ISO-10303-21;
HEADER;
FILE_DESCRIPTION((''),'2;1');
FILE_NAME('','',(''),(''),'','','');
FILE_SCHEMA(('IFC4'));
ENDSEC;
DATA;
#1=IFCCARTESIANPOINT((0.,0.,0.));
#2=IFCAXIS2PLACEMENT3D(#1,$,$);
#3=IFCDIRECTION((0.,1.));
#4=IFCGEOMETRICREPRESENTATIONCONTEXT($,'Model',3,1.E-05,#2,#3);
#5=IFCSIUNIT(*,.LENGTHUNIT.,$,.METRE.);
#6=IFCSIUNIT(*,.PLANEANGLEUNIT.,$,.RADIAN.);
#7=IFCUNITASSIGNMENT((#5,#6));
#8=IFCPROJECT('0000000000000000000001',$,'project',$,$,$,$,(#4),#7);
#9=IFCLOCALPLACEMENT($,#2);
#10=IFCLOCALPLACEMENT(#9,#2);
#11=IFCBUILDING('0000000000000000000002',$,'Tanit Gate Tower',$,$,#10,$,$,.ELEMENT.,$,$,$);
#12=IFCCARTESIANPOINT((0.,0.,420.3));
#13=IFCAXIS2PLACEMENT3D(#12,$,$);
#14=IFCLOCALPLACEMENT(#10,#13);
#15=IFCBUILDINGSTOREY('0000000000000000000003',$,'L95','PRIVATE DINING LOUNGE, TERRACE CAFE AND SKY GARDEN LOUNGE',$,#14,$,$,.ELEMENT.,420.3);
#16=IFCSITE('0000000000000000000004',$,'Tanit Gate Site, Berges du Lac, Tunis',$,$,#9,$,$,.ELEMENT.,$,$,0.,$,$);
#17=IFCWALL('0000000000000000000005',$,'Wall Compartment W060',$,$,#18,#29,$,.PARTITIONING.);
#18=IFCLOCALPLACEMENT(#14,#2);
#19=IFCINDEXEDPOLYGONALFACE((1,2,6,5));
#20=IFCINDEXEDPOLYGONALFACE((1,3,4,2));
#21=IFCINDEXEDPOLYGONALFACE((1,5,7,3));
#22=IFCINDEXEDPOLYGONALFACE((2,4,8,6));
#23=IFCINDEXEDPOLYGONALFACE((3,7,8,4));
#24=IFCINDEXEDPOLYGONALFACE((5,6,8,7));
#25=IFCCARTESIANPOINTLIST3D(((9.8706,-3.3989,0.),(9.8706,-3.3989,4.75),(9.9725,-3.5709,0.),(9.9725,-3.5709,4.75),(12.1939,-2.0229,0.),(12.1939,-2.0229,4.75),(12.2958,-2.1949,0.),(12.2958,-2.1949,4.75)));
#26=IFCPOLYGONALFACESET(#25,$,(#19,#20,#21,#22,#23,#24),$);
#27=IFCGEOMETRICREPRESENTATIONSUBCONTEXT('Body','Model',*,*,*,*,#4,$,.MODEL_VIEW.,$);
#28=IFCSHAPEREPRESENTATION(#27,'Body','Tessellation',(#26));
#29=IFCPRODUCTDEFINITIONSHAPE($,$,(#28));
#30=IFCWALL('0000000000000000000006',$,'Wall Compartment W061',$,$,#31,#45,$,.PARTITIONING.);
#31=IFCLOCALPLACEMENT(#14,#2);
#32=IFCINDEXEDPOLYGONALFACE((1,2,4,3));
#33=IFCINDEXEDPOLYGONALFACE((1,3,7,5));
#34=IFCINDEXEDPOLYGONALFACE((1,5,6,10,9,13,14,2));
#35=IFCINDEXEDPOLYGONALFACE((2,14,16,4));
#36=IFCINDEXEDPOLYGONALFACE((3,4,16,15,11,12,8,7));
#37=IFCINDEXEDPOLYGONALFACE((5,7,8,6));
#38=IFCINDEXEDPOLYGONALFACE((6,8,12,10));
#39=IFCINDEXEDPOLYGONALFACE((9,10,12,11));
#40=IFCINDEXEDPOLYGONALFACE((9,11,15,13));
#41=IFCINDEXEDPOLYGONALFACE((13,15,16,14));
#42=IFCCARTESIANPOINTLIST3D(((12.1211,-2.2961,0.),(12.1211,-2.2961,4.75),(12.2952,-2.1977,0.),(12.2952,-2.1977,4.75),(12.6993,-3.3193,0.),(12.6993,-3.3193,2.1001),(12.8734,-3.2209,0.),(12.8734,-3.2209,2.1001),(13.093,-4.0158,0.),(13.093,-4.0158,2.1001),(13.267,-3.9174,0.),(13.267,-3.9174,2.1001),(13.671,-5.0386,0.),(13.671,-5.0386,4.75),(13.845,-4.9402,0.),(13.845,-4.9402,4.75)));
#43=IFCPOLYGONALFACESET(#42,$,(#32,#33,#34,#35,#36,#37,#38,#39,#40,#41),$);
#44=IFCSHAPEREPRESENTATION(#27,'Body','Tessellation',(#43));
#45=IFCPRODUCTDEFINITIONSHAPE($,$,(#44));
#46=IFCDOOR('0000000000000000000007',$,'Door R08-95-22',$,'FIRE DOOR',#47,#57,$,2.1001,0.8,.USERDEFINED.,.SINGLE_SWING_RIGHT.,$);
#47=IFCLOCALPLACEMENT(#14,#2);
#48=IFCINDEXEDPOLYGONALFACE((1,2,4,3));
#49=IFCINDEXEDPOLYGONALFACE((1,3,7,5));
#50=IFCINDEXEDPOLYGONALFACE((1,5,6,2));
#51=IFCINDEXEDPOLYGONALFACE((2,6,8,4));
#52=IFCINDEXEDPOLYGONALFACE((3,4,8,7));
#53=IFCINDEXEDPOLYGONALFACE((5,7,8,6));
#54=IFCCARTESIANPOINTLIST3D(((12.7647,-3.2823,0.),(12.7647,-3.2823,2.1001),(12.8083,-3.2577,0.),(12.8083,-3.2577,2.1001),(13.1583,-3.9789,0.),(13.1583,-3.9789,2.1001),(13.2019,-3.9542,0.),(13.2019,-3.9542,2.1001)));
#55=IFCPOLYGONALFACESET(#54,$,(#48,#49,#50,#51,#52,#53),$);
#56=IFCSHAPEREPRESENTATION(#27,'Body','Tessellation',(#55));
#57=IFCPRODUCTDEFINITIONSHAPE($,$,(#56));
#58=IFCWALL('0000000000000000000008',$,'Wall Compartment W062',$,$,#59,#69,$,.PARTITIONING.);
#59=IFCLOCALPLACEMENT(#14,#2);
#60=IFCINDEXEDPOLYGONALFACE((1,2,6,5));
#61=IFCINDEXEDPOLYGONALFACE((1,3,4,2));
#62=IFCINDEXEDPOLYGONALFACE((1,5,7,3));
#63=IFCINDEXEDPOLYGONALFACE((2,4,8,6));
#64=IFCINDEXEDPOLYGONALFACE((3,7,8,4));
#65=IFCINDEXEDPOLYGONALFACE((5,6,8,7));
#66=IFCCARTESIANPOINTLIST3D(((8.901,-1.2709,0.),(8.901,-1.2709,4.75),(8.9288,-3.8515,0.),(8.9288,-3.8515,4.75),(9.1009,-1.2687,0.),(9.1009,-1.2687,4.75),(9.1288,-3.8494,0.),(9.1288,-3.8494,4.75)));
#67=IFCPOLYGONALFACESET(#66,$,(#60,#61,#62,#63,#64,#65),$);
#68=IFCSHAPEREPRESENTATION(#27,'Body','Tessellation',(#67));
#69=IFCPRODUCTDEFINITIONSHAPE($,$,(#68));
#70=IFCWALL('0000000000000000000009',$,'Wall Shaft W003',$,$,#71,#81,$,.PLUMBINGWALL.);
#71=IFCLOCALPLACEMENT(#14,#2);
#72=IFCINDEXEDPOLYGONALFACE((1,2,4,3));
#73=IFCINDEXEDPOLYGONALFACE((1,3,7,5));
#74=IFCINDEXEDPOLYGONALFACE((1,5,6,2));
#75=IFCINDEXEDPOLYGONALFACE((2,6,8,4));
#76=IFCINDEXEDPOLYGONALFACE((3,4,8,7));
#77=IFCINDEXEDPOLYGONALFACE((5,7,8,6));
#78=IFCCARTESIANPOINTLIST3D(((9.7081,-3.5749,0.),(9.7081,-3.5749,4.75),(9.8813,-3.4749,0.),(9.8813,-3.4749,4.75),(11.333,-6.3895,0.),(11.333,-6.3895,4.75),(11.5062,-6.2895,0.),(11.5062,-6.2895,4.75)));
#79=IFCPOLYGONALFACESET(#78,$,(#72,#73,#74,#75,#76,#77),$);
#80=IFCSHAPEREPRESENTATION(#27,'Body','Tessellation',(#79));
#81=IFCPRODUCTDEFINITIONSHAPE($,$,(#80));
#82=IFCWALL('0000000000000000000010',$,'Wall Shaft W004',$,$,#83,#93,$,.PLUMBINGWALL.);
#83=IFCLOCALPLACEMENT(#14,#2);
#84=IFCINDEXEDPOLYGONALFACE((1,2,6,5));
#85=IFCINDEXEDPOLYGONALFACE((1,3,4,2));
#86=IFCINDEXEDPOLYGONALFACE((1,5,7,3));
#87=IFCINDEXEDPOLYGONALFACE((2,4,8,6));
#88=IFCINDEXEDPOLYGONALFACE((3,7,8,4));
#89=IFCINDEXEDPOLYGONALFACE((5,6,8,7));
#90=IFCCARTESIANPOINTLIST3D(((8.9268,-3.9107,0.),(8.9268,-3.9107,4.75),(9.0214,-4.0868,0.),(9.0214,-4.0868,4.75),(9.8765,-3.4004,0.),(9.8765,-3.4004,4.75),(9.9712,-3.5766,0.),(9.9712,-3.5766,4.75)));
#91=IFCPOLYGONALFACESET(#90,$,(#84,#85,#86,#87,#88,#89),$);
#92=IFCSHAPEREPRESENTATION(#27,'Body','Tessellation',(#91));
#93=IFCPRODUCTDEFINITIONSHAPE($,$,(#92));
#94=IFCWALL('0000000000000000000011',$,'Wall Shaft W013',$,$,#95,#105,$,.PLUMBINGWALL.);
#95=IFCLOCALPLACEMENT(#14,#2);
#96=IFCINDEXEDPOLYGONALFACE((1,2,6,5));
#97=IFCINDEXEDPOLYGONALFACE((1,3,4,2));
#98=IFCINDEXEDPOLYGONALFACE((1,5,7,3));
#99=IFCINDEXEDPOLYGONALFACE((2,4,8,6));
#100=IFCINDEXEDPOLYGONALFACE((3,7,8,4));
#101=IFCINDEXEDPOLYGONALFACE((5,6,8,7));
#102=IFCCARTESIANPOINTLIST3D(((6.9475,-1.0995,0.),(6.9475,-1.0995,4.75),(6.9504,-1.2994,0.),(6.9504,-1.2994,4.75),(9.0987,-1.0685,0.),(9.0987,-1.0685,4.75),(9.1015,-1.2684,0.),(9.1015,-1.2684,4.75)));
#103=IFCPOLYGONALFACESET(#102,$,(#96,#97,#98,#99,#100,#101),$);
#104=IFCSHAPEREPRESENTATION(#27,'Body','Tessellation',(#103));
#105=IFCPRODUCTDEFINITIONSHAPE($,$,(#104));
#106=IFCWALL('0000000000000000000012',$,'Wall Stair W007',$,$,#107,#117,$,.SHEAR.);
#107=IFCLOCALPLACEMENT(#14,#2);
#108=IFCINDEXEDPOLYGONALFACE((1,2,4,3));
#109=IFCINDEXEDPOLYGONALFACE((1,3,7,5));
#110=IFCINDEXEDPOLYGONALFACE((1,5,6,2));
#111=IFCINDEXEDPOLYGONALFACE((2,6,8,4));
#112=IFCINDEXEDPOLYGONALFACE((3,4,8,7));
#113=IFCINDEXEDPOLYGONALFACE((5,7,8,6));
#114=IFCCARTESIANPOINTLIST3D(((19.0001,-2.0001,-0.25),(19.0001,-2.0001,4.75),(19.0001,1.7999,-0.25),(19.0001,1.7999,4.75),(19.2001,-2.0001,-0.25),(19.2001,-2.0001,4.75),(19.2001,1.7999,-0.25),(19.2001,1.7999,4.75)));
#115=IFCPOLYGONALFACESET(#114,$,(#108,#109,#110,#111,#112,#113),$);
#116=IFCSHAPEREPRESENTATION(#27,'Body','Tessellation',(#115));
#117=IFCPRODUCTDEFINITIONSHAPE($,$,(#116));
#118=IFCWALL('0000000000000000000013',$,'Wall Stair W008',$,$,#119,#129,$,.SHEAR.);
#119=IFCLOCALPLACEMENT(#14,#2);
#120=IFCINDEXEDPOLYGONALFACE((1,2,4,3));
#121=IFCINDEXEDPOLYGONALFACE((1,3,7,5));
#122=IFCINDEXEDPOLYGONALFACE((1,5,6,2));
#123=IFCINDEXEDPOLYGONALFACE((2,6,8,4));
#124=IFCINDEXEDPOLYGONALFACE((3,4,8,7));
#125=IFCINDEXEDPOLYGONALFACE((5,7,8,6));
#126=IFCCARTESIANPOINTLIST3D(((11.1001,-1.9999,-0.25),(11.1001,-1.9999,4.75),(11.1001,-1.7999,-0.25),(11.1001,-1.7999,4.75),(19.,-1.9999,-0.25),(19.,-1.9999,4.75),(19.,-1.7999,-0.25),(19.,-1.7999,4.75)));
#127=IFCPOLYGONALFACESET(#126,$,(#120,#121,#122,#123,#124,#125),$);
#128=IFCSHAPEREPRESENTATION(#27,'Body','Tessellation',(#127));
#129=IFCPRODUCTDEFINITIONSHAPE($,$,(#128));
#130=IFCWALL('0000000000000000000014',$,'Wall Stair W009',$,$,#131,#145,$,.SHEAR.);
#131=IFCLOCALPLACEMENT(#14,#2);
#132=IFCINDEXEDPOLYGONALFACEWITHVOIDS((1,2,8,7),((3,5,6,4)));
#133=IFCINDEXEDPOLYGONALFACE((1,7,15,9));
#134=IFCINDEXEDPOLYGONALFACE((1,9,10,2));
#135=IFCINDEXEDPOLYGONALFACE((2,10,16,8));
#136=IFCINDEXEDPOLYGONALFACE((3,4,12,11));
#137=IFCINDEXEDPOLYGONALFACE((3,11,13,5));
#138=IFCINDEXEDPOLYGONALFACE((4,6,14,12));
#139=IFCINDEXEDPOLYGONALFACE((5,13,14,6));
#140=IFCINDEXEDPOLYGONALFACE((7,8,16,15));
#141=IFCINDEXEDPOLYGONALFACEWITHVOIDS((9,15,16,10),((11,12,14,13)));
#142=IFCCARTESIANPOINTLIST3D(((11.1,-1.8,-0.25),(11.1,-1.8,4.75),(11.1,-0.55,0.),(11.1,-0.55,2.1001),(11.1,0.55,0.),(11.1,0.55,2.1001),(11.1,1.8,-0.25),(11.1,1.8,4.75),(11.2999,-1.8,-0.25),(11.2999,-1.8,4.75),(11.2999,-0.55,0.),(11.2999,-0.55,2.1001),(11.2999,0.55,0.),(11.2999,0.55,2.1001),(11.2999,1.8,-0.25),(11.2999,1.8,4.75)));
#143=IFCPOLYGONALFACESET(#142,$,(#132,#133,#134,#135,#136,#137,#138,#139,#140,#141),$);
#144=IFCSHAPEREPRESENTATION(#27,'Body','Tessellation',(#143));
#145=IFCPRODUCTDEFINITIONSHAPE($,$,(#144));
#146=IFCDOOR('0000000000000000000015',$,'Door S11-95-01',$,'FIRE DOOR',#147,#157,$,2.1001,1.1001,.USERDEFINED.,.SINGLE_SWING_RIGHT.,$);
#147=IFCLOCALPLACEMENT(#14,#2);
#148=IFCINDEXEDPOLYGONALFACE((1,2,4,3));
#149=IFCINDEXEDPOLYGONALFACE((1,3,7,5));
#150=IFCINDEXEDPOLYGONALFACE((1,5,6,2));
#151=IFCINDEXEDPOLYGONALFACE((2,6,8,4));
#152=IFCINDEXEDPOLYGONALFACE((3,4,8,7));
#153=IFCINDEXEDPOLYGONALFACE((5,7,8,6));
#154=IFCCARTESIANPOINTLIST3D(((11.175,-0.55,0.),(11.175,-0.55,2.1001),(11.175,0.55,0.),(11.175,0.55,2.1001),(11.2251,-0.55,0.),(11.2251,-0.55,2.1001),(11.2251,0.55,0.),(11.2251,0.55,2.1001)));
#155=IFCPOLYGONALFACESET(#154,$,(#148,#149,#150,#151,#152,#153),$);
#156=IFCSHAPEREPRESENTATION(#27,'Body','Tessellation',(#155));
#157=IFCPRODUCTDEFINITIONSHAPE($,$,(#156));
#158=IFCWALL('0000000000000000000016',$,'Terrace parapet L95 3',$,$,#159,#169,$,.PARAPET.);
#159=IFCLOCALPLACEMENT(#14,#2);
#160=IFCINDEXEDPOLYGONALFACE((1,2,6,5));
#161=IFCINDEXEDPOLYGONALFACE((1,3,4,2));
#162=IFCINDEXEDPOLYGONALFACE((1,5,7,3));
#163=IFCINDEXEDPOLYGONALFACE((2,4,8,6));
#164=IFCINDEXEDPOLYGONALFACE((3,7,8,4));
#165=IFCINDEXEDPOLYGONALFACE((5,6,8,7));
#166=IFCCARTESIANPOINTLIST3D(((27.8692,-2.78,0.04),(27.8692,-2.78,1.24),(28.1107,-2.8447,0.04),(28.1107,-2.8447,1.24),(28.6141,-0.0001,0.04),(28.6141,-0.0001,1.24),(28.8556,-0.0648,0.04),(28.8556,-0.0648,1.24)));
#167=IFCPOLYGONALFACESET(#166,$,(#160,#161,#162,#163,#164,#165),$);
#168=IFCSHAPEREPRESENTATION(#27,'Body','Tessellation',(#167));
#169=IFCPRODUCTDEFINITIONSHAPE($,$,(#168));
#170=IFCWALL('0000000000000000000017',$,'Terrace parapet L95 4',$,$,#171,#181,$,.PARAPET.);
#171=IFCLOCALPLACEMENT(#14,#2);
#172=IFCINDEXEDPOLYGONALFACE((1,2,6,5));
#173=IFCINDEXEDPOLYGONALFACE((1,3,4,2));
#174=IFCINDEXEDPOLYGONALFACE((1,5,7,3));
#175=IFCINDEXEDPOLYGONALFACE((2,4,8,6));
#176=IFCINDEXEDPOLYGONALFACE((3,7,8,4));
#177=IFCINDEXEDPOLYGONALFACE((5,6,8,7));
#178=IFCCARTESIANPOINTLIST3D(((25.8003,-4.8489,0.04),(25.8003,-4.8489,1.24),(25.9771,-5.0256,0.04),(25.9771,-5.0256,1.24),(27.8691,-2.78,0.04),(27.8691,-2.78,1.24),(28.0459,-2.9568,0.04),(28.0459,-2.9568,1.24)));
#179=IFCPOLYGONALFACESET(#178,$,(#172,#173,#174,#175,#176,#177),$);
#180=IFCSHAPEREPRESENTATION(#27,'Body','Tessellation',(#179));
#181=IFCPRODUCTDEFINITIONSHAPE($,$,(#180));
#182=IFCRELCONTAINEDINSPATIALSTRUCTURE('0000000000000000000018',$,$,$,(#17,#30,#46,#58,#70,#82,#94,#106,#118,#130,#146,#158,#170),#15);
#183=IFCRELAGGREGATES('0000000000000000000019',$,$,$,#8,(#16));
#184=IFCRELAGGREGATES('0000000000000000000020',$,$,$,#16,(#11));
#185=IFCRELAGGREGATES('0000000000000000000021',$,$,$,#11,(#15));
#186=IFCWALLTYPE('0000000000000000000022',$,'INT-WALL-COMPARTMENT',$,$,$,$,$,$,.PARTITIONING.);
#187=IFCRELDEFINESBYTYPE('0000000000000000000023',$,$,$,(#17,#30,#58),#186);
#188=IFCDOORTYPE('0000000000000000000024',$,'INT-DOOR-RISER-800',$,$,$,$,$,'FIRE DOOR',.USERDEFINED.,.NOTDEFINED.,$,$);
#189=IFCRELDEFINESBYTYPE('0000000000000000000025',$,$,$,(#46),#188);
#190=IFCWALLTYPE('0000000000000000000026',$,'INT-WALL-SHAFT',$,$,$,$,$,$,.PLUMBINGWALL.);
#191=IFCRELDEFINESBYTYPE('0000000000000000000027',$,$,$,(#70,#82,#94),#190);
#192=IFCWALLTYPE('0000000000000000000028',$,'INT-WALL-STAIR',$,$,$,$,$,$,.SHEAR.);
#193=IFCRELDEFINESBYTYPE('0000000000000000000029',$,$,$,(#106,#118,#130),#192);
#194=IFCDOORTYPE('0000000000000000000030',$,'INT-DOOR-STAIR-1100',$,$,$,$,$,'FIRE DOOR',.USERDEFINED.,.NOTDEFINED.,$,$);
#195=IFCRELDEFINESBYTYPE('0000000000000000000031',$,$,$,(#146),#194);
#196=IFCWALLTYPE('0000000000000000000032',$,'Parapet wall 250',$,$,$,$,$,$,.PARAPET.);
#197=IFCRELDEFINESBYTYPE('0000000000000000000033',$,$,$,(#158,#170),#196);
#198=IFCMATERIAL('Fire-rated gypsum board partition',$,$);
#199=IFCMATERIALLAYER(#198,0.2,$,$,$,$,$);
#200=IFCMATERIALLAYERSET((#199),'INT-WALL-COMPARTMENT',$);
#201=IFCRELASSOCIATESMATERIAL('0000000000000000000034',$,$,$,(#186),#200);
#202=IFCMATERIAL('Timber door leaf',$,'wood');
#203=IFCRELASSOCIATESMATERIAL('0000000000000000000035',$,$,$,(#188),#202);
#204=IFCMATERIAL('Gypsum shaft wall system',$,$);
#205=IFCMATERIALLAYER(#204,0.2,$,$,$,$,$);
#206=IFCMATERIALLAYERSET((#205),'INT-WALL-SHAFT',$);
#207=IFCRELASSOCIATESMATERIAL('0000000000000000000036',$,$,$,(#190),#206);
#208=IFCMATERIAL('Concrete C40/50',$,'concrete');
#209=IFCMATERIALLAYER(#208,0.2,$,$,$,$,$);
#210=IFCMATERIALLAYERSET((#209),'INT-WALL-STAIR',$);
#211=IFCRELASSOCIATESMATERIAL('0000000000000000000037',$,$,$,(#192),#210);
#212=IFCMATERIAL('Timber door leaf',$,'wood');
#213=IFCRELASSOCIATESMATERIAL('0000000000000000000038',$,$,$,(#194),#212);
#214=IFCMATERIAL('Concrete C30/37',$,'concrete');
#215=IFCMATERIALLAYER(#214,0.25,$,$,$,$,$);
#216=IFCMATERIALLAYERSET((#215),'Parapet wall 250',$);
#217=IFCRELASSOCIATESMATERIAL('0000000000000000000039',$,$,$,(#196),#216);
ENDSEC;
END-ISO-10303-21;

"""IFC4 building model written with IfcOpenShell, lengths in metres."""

from ifc_helpers import new_model, si_unit, direction, frame, frame_2d, origin, place, context, subcontext, project, spatial, rectangle, extrude, material, layer, layer_set, type_object, element, fill, save


model = new_model("IFC4")

# Units and contexts
model_context = context("Model", 3, precision=1e-05, world=origin(), true_north=direction((0.0, 1.0)))
body_context = subcontext(model_context, "Body", "Model", "MODEL_VIEW")
ifc_project = project(units=[si_unit("LENGTHUNIT", "METRE"), si_unit("PLANEANGLEUNIT", "RADIAN")], contexts=[model_context])

# Site, building, storey
site_placement = place(None, origin())
site = spatial("IfcSite", under=ifc_project, at=site_placement, Name="Tanit Gate Site, Berges du Lac, Tunis", CompositionType="ELEMENT", RefElevation=0.0)
building_placement = place(site_placement, origin())
building = spatial("IfcBuilding", under=site, at=building_placement, Name="Tanit Gate Tower", CompositionType="ELEMENT")
storey_placement = place(building_placement, frame((0.0, 0.0, 420.3)))
storey = spatial("IfcBuildingStorey", under=building, at=storey_placement, Name="L95", Description="PRIVATE DINING LOUNGE, TERRACE CAFE AND SKY GARDEN LOUNGE", CompositionType="ELEMENT", Elevation=420.3)

# Wall
ifc_material_1 = material(Name="Fire-rated gypsum board partition")
ifc_layer_1 = layer(ifc_material_1, 0.2)
ifc_layer_set_1 = layer_set([ifc_layer_1], Name="INT-WALL-COMPARTMENT")
wall_type_1 = type_object("IfcWallType", Name="INT-WALL-COMPARTMENT", PredefinedType="PARTITIONING", material=ifc_layer_set_1)
wall_1_placement = place(storey_placement, frame((12.2449, -2.1089, 0.0), z_axis=(0.0, 0.0, 1.0), x_axis=(-0.860415, -0.509594, 0.0)))
element("IfcWall", 1, at=wall_1_placement, inside=storey, type_object=wall_type_1, Name="Wall Compartment W060", PredefinedType="PARTITIONING", context=body_context, shape_type="SweptSolid", body=[
    extrude(rectangle(XDim=2.7002, YDim=0.2, at=frame_2d((1.3501, 0.0))), origin(), (0.0, 0.0, 1.0), 4.75),
])

# Wall, opening, door
wall_2_placement = place(storey_placement, frame((13.7581, -4.9895, 0.0), z_axis=(0.0, 0.0, 1.0), x_axis=(-0.491993, 0.870599, 0.0)))
wall_2 = element("IfcWall", 2, at=wall_2_placement, inside=storey, type_object=wall_type_1, Name="Wall Compartment W061", PredefinedType="PARTITIONING", context=body_context, shape_type="SweptSolid", body=[
    extrude(rectangle(XDim=3.1501, YDim=0.2, at=frame_2d((1.5752, 0.0))), origin(), (0.0, 0.0, 1.0), 4.75),
])
opening_1_placement = place(wall_2_placement, frame((1.175, 0.0, 0.0)))
opening_1 = element("IfcOpeningElement", 3, at=opening_1_placement, cuts=wall_2, PredefinedType="OPENING", context=body_context, shape_type="SweptSolid", body=[
    extrude(rectangle(XDim=0.8, YDim=2.1001, at=frame_2d((0.3999, 1.05))), frame((0.0, 0.1099, 0.0), z_axis=(0.0, -1.0, 0.0), x_axis=(1.0, 0.0, 0.0)), (0.0, 0.0, 1.0), 0.22),
])
ifc_material_2 = material(Name="Timber door leaf", Category="wood")
door_type_1 = type_object("IfcDoorType", Name="INT-DOOR-RISER-800", ElementType="FIRE DOOR", OperationType="NOTDEFINED", PredefinedType="USERDEFINED", material=ifc_material_2)
door_1_placement = place(opening_1_placement, origin())
door_1 = element("IfcDoor", 4, at=door_1_placement, inside=storey, type_object=door_type_1, Name="Door R08-95-22", ObjectType="FIRE DOOR", OperationType="SINGLE_SWING_RIGHT", OverallHeight=2.1001, OverallWidth=0.8, PredefinedType="USERDEFINED", context=body_context, shape_type="SweptSolid", body=[
    extrude(rectangle(XDim=0.8, YDim=2.1001, at=frame_2d((0.3999, 1.05))), frame((0.0, 0.0249, 0.0), z_axis=(0.0, -1.0, 0.0), x_axis=(1.0, 0.0, 0.0)), (0.0, 0.0, 1.0), 0.05),
])
fill(opening_1, door_1)

# Walls
wall_3_placement = place(storey_placement, frame((9.0288, -3.8506, 0.0), z_axis=(0.0, 0.0, 1.0), x_axis=(-0.010785, 0.999942, 0.0)))
element("IfcWall", 5, at=wall_3_placement, inside=storey, type_object=wall_type_1, Name="Wall Compartment W062", PredefinedType="PARTITIONING", context=body_context, shape_type="SweptSolid", body=[
    extrude(rectangle(XDim=2.5808, YDim=0.2, at=frame_2d((1.2905, 0.0))), origin(), (0.0, 0.0, 1.0), 4.75),
])
ifc_material_3 = material(Name="Gypsum shaft wall system")
ifc_layer_2 = layer(ifc_material_3, 0.2)
ifc_layer_set_2 = layer_set([ifc_layer_2], Name="INT-WALL-SHAFT")
wall_type_2 = type_object("IfcWallType", Name="INT-WALL-SHAFT", PredefinedType="PLUMBINGWALL", material=ifc_layer_set_2)
wall_4_placement = place(storey_placement, frame((9.7947, -3.5249, 0.0), z_axis=(0.0, 0.0, 1.0), x_axis=(0.499985, -0.866034, 0.0)))
element("IfcWall", 6, at=wall_4_placement, inside=storey, type_object=wall_type_2, Name="Wall Shaft W003", PredefinedType="PLUMBINGWALL", context=body_context, shape_type="SweptSolid", body=[
    extrude(rectangle(XDim=3.25, YDim=0.2, at=frame_2d((1.625, 0.0))), origin(), (0.0, 0.0, 1.0), 4.75),
])
wall_5_placement = place(storey_placement, frame((8.9741, -3.9988, 0.0), z_axis=(0.0, 0.0, 1.0), x_axis=(0.880907, 0.473289, 0.0)))
element("IfcWall", 7, at=wall_5_placement, inside=storey, type_object=wall_type_2, Name="Wall Shaft W004", PredefinedType="PLUMBINGWALL", context=body_context, shape_type="SweptSolid", body=[
    extrude(rectangle(XDim=1.0781, YDim=0.2, at=frame_2d((0.5391, 0.0))), origin(), (0.0, 0.0, 1.0), 4.75),
])
wall_6_placement = place(storey_placement, frame((9.1001, -1.1685, 0.0), z_axis=(0.0, 0.0, 1.0), x_axis=(-0.999896, -0.014412, 0.0)))
element("IfcWall", 8, at=wall_6_placement, inside=storey, type_object=wall_type_2, Name="Wall Shaft W013", PredefinedType="PLUMBINGWALL", context=body_context, shape_type="SweptSolid", body=[
    extrude(rectangle(XDim=2.1514, YDim=0.2, at=frame_2d((1.0757, 0.0))), origin(), (0.0, 0.0, 1.0), 4.75),
])
ifc_material_4 = material(Name="Concrete C40/50", Category="concrete")
ifc_layer_3 = layer(ifc_material_4, 0.2)
ifc_layer_set_3 = layer_set([ifc_layer_3], Name="INT-WALL-STAIR")
wall_type_3 = type_object("IfcWallType", Name="INT-WALL-STAIR", PredefinedType="SHEAR", material=ifc_layer_set_3)
wall_7_placement = place(storey_placement, frame((19.1001, -2.0, -0.25), z_axis=(0.0, 0.0, 1.0), x_axis=(0.0, 1.0, 0.0)))
element("IfcWall", 9, at=wall_7_placement, inside=storey, type_object=wall_type_3, Name="Wall Stair W007", PredefinedType="SHEAR", context=body_context, shape_type="SweptSolid", body=[
    extrude(rectangle(XDim=3.8, YDim=0.2, at=frame_2d((1.8999, 0.0))), origin(), (0.0, 0.0, 1.0), 5.0),
])
wall_8_placement = place(storey_placement, frame((11.1001, -1.8999, -0.25), z_axis=(0.0, 0.0, 1.0), x_axis=(1.0, 0.0, 0.0)))
element("IfcWall", 10, at=wall_8_placement, inside=storey, type_object=wall_type_3, Name="Wall Stair W008", PredefinedType="SHEAR", context=body_context, shape_type="SweptSolid", body=[
    extrude(rectangle(XDim=7.8999, YDim=0.2, at=frame_2d((3.95, 0.0))), origin(), (0.0, 0.0, 1.0), 5.0),
])

# Wall, opening, door
wall_9_placement = place(storey_placement, frame((11.2, -1.8, -0.25), z_axis=(0.0, 0.0, 1.0), x_axis=(0.0, 1.0, 0.0)))
wall_9 = element("IfcWall", 11, at=wall_9_placement, inside=storey, type_object=wall_type_3, Name="Wall Stair W009", PredefinedType="SHEAR", context=body_context, shape_type="SweptSolid", body=[
    extrude(rectangle(XDim=3.6001, YDim=0.2, at=frame_2d((1.8, 0.0))), origin(), (0.0, 0.0, 1.0), 5.0),
])
opening_2_placement = place(wall_9_placement, frame((1.25, 0.0, 0.25)))
opening_2 = element("IfcOpeningElement", 12, at=opening_2_placement, cuts=wall_9, PredefinedType="OPENING", context=body_context, shape_type="SweptSolid", body=[
    extrude(rectangle(XDim=1.1001, YDim=2.1001, at=frame_2d((0.55, 1.05))), frame((0.0, 0.1099, 0.0), z_axis=(0.0, -1.0, 0.0), x_axis=(1.0, 0.0, 0.0)), (0.0, 0.0, 1.0), 0.22),
])
ifc_material_5 = material(Name="Timber door leaf", Category="wood")
door_type_2 = type_object("IfcDoorType", Name="INT-DOOR-STAIR-1100", ElementType="FIRE DOOR", OperationType="NOTDEFINED", PredefinedType="USERDEFINED", material=ifc_material_5)
door_2_placement = place(opening_2_placement, origin())
door_2 = element("IfcDoor", 13, at=door_2_placement, inside=storey, type_object=door_type_2, Name="Door S11-95-01", ObjectType="FIRE DOOR", OperationType="SINGLE_SWING_RIGHT", OverallHeight=2.1001, OverallWidth=1.1001, PredefinedType="USERDEFINED", context=body_context, shape_type="SweptSolid", body=[
    extrude(rectangle(XDim=1.1001, YDim=2.1001, at=frame_2d((0.55, 1.05))), frame((0.0, 0.0249, 0.0), z_axis=(0.0, -1.0, 0.0), x_axis=(1.0, 0.0, 0.0)), (0.0, 0.0, 1.0), 0.05),
])
fill(opening_2, door_2)

# Walls
ifc_material_6 = material(Name="Concrete C30/37", Category="concrete")
ifc_layer_4 = layer(ifc_material_6, 0.25)
ifc_layer_set_4 = layer_set([ifc_layer_4], Name="Parapet wall 250")
wall_type_4 = type_object("IfcWallType", Name="Parapet wall 250", PredefinedType="PARAPET", material=ifc_layer_set_4)
wall_10_placement = place(storey_placement, frame((28.7349, -0.0325, 0.04), z_axis=(0.0, 0.0, 1.0), x_axis=(-0.258829, -0.965923, 0.0)))
element("IfcWall", 14, at=wall_10_placement, inside=storey, type_object=wall_type_4, Name="Terrace parapet L95 3", PredefinedType="PARAPET", context=body_context, shape_type="SweptSolid", body=[
    extrude(rectangle(XDim=2.8779, YDim=0.25, at=frame_2d((1.439, 0.0))), origin(), (0.0, 0.0, 1.0), 1.2),
])
wall_11_placement = place(storey_placement, frame((27.9575, -2.8684, 0.04), z_axis=(0.0, 0.0, 1.0), x_axis=(-0.707107, -0.707107, 0.0)))
element("IfcWall", 15, at=wall_11_placement, inside=storey, type_object=wall_type_4, Name="Terrace parapet L95 4", PredefinedType="PARAPET", context=body_context, shape_type="SweptSolid", body=[
    extrude(rectangle(XDim=2.9258, YDim=0.25, at=frame_2d((1.4629, 0.0))), origin(), (0.0, 0.0, 1.0), 1.2),
])

save(model, "model.ifc")
